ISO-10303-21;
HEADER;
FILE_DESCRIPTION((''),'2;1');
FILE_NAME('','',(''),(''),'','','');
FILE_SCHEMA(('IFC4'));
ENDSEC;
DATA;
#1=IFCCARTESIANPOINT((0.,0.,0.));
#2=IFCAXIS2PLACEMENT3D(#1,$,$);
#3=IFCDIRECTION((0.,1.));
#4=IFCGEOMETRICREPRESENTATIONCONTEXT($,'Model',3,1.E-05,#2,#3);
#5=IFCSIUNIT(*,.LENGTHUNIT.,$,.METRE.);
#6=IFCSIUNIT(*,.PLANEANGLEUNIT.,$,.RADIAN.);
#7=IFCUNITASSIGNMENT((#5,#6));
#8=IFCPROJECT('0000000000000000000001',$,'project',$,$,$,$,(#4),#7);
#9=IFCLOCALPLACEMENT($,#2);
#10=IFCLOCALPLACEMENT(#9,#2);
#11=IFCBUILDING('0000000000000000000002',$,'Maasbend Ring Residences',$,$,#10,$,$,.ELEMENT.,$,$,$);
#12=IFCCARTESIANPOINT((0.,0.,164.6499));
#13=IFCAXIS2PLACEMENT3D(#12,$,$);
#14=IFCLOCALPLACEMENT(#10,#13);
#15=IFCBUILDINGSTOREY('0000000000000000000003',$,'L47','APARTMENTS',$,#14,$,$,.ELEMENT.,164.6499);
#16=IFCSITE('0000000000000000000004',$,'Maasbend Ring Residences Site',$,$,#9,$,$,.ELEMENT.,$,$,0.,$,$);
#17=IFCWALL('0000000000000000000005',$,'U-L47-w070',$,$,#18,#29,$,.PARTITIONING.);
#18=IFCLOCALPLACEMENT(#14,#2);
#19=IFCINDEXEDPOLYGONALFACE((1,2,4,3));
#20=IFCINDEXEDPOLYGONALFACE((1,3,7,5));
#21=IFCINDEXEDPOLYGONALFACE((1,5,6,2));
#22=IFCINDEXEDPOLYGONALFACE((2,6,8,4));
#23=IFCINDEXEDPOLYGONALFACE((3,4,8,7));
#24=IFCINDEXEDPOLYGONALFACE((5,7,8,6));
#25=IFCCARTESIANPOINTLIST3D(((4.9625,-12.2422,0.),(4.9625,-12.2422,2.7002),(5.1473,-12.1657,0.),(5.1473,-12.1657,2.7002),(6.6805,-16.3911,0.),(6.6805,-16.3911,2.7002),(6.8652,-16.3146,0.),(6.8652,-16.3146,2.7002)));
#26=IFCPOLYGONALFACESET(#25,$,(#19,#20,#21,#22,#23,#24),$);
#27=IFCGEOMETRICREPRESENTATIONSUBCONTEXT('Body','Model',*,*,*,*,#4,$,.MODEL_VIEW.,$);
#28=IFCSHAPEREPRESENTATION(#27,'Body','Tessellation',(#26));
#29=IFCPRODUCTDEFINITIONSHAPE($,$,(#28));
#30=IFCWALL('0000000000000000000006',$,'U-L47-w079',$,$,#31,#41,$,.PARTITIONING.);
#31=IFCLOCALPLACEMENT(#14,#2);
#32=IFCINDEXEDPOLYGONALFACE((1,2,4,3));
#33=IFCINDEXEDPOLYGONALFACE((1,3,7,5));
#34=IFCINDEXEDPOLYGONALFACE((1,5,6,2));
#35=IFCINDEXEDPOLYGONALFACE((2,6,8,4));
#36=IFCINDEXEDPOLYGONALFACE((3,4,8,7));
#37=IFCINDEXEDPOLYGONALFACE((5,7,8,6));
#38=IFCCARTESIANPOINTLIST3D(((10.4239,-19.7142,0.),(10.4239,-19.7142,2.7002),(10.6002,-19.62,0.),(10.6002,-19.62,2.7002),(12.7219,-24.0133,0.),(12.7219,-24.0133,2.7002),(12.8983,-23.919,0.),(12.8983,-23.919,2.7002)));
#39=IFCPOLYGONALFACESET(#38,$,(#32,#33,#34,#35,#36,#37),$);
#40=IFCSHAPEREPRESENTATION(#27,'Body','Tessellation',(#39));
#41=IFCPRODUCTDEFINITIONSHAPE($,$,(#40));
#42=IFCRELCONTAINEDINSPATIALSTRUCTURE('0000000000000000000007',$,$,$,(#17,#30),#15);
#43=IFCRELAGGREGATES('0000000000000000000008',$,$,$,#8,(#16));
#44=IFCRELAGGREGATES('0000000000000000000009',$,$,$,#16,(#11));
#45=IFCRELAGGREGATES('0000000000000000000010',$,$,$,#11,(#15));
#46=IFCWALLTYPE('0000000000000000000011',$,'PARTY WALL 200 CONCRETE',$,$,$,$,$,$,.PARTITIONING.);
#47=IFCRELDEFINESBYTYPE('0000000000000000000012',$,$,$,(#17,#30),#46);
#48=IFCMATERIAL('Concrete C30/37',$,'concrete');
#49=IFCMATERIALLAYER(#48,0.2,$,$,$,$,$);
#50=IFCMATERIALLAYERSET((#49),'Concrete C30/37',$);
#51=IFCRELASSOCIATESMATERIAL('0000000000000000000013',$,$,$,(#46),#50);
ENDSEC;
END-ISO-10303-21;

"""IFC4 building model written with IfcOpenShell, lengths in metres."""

from ifc_helpers import new_model, si_unit, direction, frame, frame_2d, origin, place, context, subcontext, project, spatial, rectangle, extrude, material, layer, layer_set, type_object, element, save


model = new_model("IFC4")

# Units and contexts
model_context = context("Model", 3, precision=1e-05, world=origin(), true_north=direction((0.0, 1.0)))
body_context = subcontext(model_context, "Body", "Model", "MODEL_VIEW")
ifc_project = project(units=[si_unit("LENGTHUNIT", "METRE"), si_unit("PLANEANGLEUNIT", "RADIAN")], contexts=[model_context])

# Site, building, storey
site_placement = place(None, origin())
site = spatial("IfcSite", under=ifc_project, at=site_placement, Name="Maasbend Ring Residences Site", CompositionType="ELEMENT", RefElevation=0.0)
building_placement = place(site_placement, origin())
building = spatial("IfcBuilding", under=site, at=building_placement, Name="Maasbend Ring Residences", CompositionType="ELEMENT")
storey_placement = place(building_placement, frame((0.0, 0.0, 164.6499)))
storey = spatial("IfcBuildingStorey", under=building, at=storey_placement, Name="L47", Description="APARTMENTS", CompositionType="ELEMENT", Elevation=164.6499)

# Walls
ifc_material_1 = material(Name="Concrete C30/37", Category="concrete")
ifc_layer_1 = layer(ifc_material_1, 0.2)
ifc_layer_set_1 = layer_set([ifc_layer_1], Name="Concrete C30/37")
wall_type_1 = type_object("IfcWallType", Name="PARTY WALL 200 CONCRETE", PredefinedType="PARTITIONING", material=ifc_layer_set_1)
wall_1_placement = place(storey_placement, frame((5.0549, -12.2041, 0.0), z_axis=(0.0, 0.0, 1.0), x_axis=(0.382584, -0.923921, 0.0)))
element("IfcWall", 1, at=wall_1_placement, inside=storey, type_object=wall_type_1, Name="U-L47-w070", PredefinedType="PARTITIONING", context=body_context, shape_type="SweptSolid", body=[
    extrude(rectangle(XDim=4.4905, YDim=0.2, at=frame_2d((2.2451, 0.0))), origin(), (0.0, 0.0, 1.0), 2.7002),
])
wall_2_placement = place(storey_placement, frame((10.512, -19.667, 0.0), z_axis=(0.0, 0.0, 1.0), x_axis=(0.471428, -0.881905, 0.0)))
element("IfcWall", 2, at=wall_2_placement, inside=storey, type_object=wall_type_1, Name="U-L47-w079", PredefinedType="PARTITIONING", context=body_context, shape_type="SweptSolid", body=[
    extrude(rectangle(XDim=4.8748, YDim=0.2, at=frame_2d((2.4375, 0.0))), origin(), (0.0, 0.0, 1.0), 2.7002),
])

save(model, "model.ifc")
